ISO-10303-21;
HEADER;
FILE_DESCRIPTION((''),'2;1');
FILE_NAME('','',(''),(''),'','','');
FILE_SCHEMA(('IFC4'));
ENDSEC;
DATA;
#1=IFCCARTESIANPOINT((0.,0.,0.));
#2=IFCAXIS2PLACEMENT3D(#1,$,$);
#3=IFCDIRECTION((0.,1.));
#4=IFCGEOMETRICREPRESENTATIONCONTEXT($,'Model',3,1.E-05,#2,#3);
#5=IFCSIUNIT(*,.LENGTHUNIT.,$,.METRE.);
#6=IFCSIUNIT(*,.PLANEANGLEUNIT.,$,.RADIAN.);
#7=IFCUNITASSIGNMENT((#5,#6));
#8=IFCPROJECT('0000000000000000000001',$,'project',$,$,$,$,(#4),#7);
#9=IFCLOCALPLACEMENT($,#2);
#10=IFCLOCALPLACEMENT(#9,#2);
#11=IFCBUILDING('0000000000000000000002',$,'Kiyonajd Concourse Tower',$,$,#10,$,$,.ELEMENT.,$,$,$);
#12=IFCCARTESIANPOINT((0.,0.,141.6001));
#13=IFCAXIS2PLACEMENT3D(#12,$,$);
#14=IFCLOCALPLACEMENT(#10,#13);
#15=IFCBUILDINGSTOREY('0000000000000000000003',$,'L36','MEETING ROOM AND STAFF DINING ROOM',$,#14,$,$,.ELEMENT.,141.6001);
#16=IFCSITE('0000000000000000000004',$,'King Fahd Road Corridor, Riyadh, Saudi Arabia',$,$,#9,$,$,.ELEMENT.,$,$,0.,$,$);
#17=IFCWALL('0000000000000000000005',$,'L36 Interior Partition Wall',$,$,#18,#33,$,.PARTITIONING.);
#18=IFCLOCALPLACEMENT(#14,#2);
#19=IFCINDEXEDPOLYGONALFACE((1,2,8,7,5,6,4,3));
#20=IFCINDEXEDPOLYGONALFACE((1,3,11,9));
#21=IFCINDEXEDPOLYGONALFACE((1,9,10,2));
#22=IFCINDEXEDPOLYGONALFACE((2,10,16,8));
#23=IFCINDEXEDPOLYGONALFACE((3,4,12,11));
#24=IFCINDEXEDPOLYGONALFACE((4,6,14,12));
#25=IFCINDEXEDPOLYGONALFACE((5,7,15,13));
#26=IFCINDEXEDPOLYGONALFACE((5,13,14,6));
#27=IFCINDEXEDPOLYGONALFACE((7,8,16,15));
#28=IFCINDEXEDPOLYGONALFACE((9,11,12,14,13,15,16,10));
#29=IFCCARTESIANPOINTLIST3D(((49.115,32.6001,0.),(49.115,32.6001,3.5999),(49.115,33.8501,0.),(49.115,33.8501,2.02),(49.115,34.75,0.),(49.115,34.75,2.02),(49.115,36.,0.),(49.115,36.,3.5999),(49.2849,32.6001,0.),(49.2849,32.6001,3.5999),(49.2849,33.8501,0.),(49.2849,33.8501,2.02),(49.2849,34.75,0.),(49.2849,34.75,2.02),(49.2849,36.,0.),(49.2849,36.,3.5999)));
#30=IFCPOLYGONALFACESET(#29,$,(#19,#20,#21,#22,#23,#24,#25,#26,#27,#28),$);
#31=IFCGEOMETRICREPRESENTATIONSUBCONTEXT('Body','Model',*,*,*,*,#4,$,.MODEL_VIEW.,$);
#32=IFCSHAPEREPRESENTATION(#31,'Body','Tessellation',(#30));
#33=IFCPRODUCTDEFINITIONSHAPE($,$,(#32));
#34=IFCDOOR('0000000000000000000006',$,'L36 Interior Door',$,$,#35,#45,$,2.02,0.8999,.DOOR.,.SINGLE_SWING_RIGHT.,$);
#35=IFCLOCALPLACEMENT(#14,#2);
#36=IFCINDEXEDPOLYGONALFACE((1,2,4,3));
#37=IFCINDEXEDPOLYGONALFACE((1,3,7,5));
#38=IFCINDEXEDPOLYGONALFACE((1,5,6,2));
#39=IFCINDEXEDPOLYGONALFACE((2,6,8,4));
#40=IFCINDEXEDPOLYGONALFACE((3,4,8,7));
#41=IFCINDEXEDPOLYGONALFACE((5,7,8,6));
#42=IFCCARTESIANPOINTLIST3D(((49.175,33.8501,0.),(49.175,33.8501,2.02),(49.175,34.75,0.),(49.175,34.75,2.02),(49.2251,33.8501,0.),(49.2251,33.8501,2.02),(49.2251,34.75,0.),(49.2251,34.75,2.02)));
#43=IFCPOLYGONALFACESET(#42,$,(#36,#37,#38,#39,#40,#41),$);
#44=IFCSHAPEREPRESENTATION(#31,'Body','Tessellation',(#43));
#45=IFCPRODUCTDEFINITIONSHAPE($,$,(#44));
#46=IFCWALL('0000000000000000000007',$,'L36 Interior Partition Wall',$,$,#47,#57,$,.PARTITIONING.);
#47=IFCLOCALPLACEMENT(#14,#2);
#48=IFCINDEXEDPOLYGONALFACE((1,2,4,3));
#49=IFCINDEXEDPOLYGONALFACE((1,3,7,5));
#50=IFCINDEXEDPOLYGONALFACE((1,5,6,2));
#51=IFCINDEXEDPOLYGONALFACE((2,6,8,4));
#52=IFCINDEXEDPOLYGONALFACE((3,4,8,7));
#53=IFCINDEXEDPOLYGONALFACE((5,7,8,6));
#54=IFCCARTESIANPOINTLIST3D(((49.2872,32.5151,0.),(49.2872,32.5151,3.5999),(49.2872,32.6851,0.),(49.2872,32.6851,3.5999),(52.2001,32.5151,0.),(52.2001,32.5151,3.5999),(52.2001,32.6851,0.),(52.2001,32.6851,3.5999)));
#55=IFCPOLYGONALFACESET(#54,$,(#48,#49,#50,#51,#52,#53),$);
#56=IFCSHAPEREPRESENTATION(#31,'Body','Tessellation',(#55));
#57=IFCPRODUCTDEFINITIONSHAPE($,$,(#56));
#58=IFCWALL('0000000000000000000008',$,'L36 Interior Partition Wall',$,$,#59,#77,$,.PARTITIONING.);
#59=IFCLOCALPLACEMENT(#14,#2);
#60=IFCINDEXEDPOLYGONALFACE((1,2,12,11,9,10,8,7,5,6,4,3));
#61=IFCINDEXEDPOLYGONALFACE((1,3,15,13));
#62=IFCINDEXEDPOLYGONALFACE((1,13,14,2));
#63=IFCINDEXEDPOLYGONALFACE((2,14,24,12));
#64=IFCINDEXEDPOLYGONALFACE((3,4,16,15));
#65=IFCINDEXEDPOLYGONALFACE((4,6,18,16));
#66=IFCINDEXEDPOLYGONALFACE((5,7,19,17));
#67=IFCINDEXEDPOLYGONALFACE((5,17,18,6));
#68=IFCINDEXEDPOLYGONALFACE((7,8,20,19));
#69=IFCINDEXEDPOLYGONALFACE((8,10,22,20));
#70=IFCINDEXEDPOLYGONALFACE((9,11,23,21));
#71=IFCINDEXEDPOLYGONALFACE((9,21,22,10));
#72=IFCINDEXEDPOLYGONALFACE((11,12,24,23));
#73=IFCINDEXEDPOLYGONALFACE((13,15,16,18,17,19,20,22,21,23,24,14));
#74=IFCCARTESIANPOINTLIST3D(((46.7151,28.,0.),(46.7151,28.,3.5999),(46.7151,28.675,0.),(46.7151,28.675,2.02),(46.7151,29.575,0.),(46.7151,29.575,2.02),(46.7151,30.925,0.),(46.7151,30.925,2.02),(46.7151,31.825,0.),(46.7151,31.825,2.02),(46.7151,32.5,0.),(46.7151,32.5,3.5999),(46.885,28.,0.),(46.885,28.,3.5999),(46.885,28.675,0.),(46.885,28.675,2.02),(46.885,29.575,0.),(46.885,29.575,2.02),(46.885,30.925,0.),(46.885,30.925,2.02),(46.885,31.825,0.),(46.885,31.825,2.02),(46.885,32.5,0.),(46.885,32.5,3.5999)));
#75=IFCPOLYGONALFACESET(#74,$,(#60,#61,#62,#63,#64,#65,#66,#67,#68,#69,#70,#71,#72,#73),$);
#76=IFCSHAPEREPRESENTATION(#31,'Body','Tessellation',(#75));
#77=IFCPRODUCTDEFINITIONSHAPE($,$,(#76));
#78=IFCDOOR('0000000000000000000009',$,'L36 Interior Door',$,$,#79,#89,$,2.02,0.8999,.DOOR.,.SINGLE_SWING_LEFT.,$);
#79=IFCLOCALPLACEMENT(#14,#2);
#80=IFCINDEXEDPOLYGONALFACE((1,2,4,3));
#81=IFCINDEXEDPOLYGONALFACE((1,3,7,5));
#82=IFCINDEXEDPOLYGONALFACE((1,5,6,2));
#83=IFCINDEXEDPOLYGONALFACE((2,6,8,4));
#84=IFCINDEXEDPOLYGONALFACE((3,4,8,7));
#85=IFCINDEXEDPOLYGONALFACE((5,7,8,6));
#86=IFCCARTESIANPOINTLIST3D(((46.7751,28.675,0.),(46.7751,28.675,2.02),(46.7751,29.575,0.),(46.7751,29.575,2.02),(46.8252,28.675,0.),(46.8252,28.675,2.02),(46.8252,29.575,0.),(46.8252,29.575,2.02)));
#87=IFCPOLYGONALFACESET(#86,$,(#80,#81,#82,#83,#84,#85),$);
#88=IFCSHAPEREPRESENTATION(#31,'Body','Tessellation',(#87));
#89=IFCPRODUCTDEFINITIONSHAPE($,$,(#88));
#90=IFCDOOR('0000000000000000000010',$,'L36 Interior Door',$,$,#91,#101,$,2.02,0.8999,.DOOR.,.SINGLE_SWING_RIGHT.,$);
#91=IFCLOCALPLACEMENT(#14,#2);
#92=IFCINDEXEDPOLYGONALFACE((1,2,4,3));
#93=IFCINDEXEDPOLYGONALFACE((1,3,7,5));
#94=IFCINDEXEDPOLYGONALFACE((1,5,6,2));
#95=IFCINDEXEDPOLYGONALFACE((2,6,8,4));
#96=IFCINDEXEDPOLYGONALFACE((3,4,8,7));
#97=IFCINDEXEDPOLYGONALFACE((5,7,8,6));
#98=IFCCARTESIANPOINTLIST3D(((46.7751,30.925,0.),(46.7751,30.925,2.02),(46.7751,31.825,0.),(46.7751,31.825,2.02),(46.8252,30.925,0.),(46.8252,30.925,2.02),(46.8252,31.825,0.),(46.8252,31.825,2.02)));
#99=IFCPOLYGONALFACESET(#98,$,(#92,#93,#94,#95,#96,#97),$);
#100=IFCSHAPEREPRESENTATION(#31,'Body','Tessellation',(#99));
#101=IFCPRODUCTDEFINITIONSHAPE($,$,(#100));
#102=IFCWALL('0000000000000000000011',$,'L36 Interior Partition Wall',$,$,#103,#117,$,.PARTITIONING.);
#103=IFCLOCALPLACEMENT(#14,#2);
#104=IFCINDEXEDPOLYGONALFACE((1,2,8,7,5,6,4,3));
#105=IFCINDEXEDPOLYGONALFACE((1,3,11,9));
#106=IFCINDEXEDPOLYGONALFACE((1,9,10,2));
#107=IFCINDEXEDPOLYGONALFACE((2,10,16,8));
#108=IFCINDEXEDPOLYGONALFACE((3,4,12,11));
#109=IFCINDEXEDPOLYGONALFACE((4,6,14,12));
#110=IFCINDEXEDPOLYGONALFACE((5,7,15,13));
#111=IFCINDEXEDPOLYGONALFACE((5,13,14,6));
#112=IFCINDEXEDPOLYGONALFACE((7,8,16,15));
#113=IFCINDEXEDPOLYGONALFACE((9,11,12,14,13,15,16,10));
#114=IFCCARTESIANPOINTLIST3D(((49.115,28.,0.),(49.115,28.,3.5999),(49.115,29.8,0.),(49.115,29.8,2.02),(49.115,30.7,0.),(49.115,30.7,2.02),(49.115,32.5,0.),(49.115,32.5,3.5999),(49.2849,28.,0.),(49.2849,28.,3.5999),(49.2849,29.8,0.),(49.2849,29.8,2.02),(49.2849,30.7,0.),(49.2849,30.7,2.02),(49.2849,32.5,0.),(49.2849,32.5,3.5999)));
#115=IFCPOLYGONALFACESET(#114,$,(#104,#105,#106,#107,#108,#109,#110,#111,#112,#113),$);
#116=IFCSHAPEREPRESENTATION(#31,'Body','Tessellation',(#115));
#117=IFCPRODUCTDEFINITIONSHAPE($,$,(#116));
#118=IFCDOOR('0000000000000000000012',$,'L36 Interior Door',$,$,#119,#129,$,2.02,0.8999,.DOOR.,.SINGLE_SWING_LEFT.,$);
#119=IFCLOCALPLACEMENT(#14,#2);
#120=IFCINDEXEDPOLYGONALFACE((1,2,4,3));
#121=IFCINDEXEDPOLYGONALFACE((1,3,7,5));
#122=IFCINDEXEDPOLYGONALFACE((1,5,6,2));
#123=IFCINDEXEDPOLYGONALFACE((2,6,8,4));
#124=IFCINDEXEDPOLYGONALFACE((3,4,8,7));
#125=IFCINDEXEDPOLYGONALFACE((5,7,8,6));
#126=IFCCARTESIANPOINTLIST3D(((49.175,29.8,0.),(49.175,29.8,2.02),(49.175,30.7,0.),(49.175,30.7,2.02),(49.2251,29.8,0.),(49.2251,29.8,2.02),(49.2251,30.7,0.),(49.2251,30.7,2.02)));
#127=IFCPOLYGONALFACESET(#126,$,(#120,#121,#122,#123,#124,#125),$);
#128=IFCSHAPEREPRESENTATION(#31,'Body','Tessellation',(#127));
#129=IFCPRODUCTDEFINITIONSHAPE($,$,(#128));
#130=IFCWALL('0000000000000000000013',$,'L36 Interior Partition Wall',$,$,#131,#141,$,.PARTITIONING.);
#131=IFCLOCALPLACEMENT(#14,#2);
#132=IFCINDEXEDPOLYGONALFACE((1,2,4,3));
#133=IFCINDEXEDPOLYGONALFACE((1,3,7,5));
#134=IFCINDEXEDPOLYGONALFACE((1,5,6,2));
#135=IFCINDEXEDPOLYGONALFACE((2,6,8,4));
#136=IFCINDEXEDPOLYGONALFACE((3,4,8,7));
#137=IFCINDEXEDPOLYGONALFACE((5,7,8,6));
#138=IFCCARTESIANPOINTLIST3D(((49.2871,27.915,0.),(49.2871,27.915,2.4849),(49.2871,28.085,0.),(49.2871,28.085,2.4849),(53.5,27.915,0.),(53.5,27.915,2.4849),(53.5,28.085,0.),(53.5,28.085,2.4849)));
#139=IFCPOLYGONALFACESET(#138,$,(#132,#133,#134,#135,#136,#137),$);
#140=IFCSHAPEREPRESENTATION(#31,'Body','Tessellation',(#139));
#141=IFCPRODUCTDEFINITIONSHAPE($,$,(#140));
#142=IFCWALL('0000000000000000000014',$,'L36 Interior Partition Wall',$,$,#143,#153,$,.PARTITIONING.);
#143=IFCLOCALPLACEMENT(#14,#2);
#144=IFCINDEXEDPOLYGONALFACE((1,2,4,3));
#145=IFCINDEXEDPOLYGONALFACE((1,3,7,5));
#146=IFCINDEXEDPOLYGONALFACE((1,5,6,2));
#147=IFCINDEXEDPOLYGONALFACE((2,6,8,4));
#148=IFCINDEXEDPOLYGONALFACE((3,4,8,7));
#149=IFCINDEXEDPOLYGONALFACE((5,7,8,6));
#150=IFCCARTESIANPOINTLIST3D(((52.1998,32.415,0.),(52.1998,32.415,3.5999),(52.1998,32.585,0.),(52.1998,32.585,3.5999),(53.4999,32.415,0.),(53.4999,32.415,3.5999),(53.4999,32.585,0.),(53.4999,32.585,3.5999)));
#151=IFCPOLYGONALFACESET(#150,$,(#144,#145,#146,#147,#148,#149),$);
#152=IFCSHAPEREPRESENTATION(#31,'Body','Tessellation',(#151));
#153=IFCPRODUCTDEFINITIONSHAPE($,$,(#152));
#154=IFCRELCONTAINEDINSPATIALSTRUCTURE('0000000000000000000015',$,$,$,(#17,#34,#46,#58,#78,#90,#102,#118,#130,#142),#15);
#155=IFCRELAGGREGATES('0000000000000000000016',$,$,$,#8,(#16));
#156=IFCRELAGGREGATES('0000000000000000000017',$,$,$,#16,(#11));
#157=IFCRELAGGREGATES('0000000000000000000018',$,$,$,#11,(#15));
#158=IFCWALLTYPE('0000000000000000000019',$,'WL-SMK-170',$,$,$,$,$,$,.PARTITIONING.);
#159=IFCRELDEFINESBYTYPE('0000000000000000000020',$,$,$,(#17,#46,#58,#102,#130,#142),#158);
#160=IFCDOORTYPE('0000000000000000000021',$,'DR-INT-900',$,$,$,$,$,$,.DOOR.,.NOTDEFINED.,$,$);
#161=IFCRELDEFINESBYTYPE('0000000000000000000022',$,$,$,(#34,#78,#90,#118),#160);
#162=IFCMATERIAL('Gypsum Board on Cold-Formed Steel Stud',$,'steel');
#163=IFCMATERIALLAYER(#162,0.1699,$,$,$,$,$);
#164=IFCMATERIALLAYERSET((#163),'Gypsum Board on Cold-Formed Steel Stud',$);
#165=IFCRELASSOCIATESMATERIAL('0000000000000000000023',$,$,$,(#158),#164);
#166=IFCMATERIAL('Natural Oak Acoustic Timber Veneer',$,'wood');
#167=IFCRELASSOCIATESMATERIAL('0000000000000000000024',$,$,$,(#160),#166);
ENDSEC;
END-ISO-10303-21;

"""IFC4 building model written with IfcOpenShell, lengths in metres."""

from ifc_helpers import new_model, si_unit, direction, frame, frame_2d, origin, place, context, subcontext, project, spatial, rectangle, extrude, material, layer, layer_set, type_object, element, fill, save


model = new_model("IFC4")

# Units and contexts
model_context = context("Model", 3, precision=1e-05, world=origin(), true_north=direction((0.0, 1.0)))
body_context = subcontext(model_context, "Body", "Model", "MODEL_VIEW")
ifc_project = project(units=[si_unit("LENGTHUNIT", "METRE"), si_unit("PLANEANGLEUNIT", "RADIAN")], contexts=[model_context])

# Site, building, storey
site_placement = place(None, origin())
site = spatial("IfcSite", under=ifc_project, at=site_placement, Name="King Fahd Road Corridor, Riyadh, Saudi Arabia", CompositionType="ELEMENT", RefElevation=0.0)
building_placement = place(site_placement, origin())
building = spatial("IfcBuilding", under=site, at=building_placement, Name="Kiyonajd Concourse Tower", CompositionType="ELEMENT")
storey_placement = place(building_placement, frame((0.0, 0.0, 141.6001)))
storey = spatial("IfcBuildingStorey", under=building, at=storey_placement, Name="L36", Description="MEETING ROOM AND STAFF DINING ROOM", CompositionType="ELEMENT", Elevation=141.6001)

# Shared definitions
ifc_material_1 = material(Name="Gypsum Board on Cold-Formed Steel Stud", Category="steel")

# Shared definitions
ifc_layer_1 = layer(ifc_material_1, 0.1699)
ifc_layer_set_1 = layer_set([ifc_layer_1], Name="Gypsum Board on Cold-Formed Steel Stud")
wall_type_1 = type_object("IfcWallType", Name="WL-SMK-170", PredefinedType="PARTITIONING", material=ifc_layer_set_1)
ifc_material_2 = material(Name="Natural Oak Acoustic Timber Veneer", Category="wood")
door_type = type_object("IfcDoorType", Name="DR-INT-900", OperationType="NOTDEFINED", PredefinedType="DOOR", material=ifc_material_2)

# Wall, opening, door
wall_1_placement = place(storey_placement, frame((49.2, 32.6001, 0.0), z_axis=(0.0, 0.0, 1.0), x_axis=(0.0, 1.0, 0.0)))
wall_1 = element("IfcWall", 1, at=wall_1_placement, inside=storey, type_object=wall_type_1, Name="L36 Interior Partition Wall", PredefinedType="PARTITIONING", context=body_context, shape_type="SweptSolid", body=[
    extrude(rectangle(XDim=3.3999, YDim=0.1699, at=frame_2d((1.7, 0.0))), origin(), (0.0, 0.0, 1.0), 3.5999),
])
opening_1_placement = place(wall_1_placement, frame((1.25, 0.0, 0.0)))
opening_1 = element("IfcOpeningElement", 2, at=opening_1_placement, cuts=wall_1, PredefinedType="OPENING", context=body_context, shape_type="SweptSolid", body=[
    extrude(rectangle(XDim=0.8999, YDim=2.02, at=frame_2d((0.45, 1.01))), frame((0.0, 0.095, 0.0), z_axis=(0.0, -1.0, 0.0), x_axis=(1.0, 0.0, 0.0)), (0.0, 0.0, 1.0), 0.1899),
])
door_1_placement = place(opening_1_placement, origin())
door_1 = element("IfcDoor", 3, at=door_1_placement, inside=storey, type_object=door_type, Name="L36 Interior Door", OperationType="SINGLE_SWING_RIGHT", OverallHeight=2.02, OverallWidth=0.8999, PredefinedType="DOOR", context=body_context, shape_type="SweptSolid", body=[
    extrude(rectangle(XDim=0.8999, YDim=2.02, at=frame_2d((0.45, 1.01))), frame((0.0, 0.0249, 0.0), z_axis=(0.0, -1.0, 0.0), x_axis=(1.0, 0.0, 0.0)), (0.0, 0.0, 1.0), 0.05),
])
fill(opening_1, door_1)

# Wall
wall_2_placement = place(storey_placement, frame((49.2871, 32.6001, 0.0), z_axis=(0.0, 0.0, 1.0), x_axis=(1.0, 0.0, 0.0)))
element("IfcWall", 4, at=wall_2_placement, inside=storey, type_object=wall_type_1, Name="L36 Interior Partition Wall", PredefinedType="PARTITIONING", context=body_context, shape_type="SweptSolid", body=[
    extrude(rectangle(XDim=2.9128, YDim=0.1699, at=frame_2d((1.4565, 0.0))), origin(), (0.0, 0.0, 1.0), 3.5999),
])

# Wall, openings, doors
wall_3_placement = place(storey_placement, frame((46.8, 28.0, 0.0), z_axis=(0.0, 0.0, 1.0), x_axis=(0.0, 1.0, 0.0)))
wall_3 = element("IfcWall", 5, at=wall_3_placement, inside=storey, type_object=wall_type_1, Name="L36 Interior Partition Wall", PredefinedType="PARTITIONING", context=body_context, shape_type="SweptSolid", body=[
    extrude(rectangle(XDim=4.5, YDim=0.1699, at=frame_2d((2.25, 0.0))), origin(), (0.0, 0.0, 1.0), 3.5999),
])
opening_2_placement = place(wall_3_placement, frame((0.675, 0.0, 0.0)))
opening_2 = element("IfcOpeningElement", 6, at=opening_2_placement, cuts=wall_3, PredefinedType="OPENING", context=body_context, shape_type="SweptSolid", body=[
    extrude(rectangle(XDim=0.8999, YDim=2.02, at=frame_2d((0.45, 1.01))), frame((0.0, 0.095, 0.0), z_axis=(0.0, -1.0, 0.0), x_axis=(1.0, 0.0, 0.0)), (0.0, 0.0, 1.0), 0.1899),
])
opening_3_placement = place(wall_3_placement, frame((2.925, 0.0, 0.0)))
opening_3 = element("IfcOpeningElement", 7, at=opening_3_placement, cuts=wall_3, PredefinedType="OPENING", context=body_context, shape_type="SweptSolid", body=[
    extrude(rectangle(XDim=0.8999, YDim=2.02, at=frame_2d((0.45, 1.01))), frame((0.0, 0.095, 0.0), z_axis=(0.0, -1.0, 0.0), x_axis=(1.0, 0.0, 0.0)), (0.0, 0.0, 1.0), 0.1899),
])
door_2_placement = place(opening_2_placement, origin())
door_2 = element("IfcDoor", 8, at=door_2_placement, inside=storey, type_object=door_type, Name="L36 Interior Door", OperationType="SINGLE_SWING_LEFT", OverallHeight=2.02, OverallWidth=0.8999, PredefinedType="DOOR", context=body_context, shape_type="SweptSolid", body=[
    extrude(rectangle(XDim=0.8999, YDim=2.02, at=frame_2d((0.45, 1.01))), frame((0.0, 0.0249, 0.0), z_axis=(0.0, -1.0, 0.0), x_axis=(1.0, 0.0, 0.0)), (0.0, 0.0, 1.0), 0.05),
])
fill(opening_2, door_2)
door_3_placement = place(opening_3_placement, origin())
door_3 = element("IfcDoor", 9, at=door_3_placement, inside=storey, type_object=door_type, Name="L36 Interior Door", OperationType="SINGLE_SWING_RIGHT", OverallHeight=2.02, OverallWidth=0.8999, PredefinedType="DOOR", context=body_context, shape_type="SweptSolid", body=[
    extrude(rectangle(XDim=0.8999, YDim=2.02, at=frame_2d((0.45, 1.01))), frame((0.0, 0.0249, 0.0), z_axis=(0.0, -1.0, 0.0), x_axis=(1.0, 0.0, 0.0)), (0.0, 0.0, 1.0), 0.05),
])
fill(opening_3, door_3)

# Wall, opening, door
wall_4_placement = place(storey_placement, frame((49.2, 28.0, 0.0), z_axis=(0.0, 0.0, 1.0), x_axis=(0.0, 1.0, 0.0)))
wall_4 = element("IfcWall", 10, at=wall_4_placement, inside=storey, type_object=wall_type_1, Name="L36 Interior Partition Wall", PredefinedType="PARTITIONING", context=body_context, shape_type="SweptSolid", body=[
    extrude(rectangle(XDim=4.5, YDim=0.1699, at=frame_2d((2.25, 0.0))), origin(), (0.0, 0.0, 1.0), 3.5999),
])
opening_4_placement = place(wall_4_placement, frame((1.8, 0.0, 0.0)))
opening_4 = element("IfcOpeningElement", 11, at=opening_4_placement, cuts=wall_4, PredefinedType="OPENING", context=body_context, shape_type="SweptSolid", body=[
    extrude(rectangle(XDim=0.8999, YDim=2.02, at=frame_2d((0.45, 1.01))), frame((0.0, 0.095, 0.0), z_axis=(0.0, -1.0, 0.0), x_axis=(1.0, 0.0, 0.0)), (0.0, 0.0, 1.0), 0.1899),
])
door_4_placement = place(opening_4_placement, origin())
door_4 = element("IfcDoor", 12, at=door_4_placement, inside=storey, type_object=door_type, Name="L36 Interior Door", OperationType="SINGLE_SWING_LEFT", OverallHeight=2.02, OverallWidth=0.8999, PredefinedType="DOOR", context=body_context, shape_type="SweptSolid", body=[
    extrude(rectangle(XDim=0.8999, YDim=2.02, at=frame_2d((0.45, 1.01))), frame((0.0, 0.0249, 0.0), z_axis=(0.0, -1.0, 0.0), x_axis=(1.0, 0.0, 0.0)), (0.0, 0.0, 1.0), 0.05),
])
fill(opening_4, door_4)

# Walls
wall_5_placement = place(storey_placement, frame((49.2871, 28.0, 0.0), z_axis=(0.0, 0.0, 1.0), x_axis=(1.0, 0.0, 0.0)))
element("IfcWall", 13, at=wall_5_placement, inside=storey, type_object=wall_type_1, Name="L36 Interior Partition Wall", PredefinedType="PARTITIONING", context=body_context, shape_type="SweptSolid", body=[
    extrude(rectangle(XDim=4.2129, YDim=0.1699, at=frame_2d((2.1064, 0.0))), origin(), (0.0, 0.0, 1.0), 2.4849),
])
wall_6_placement = place(storey_placement, frame((52.2, 32.5, 0.0), z_axis=(0.0, 0.0, 1.0), x_axis=(1.0, 0.0, 0.0)))
element("IfcWall", 14, at=wall_6_placement, inside=storey, type_object=wall_type_1, Name="L36 Interior Partition Wall", PredefinedType="PARTITIONING", context=body_context, shape_type="SweptSolid", body=[
    extrude(rectangle(XDim=1.3, YDim=0.1699, at=frame_2d((0.6499, 0.0))), origin(), (0.0, 0.0, 1.0), 3.5999),
])

save(model, "model.ifc")
